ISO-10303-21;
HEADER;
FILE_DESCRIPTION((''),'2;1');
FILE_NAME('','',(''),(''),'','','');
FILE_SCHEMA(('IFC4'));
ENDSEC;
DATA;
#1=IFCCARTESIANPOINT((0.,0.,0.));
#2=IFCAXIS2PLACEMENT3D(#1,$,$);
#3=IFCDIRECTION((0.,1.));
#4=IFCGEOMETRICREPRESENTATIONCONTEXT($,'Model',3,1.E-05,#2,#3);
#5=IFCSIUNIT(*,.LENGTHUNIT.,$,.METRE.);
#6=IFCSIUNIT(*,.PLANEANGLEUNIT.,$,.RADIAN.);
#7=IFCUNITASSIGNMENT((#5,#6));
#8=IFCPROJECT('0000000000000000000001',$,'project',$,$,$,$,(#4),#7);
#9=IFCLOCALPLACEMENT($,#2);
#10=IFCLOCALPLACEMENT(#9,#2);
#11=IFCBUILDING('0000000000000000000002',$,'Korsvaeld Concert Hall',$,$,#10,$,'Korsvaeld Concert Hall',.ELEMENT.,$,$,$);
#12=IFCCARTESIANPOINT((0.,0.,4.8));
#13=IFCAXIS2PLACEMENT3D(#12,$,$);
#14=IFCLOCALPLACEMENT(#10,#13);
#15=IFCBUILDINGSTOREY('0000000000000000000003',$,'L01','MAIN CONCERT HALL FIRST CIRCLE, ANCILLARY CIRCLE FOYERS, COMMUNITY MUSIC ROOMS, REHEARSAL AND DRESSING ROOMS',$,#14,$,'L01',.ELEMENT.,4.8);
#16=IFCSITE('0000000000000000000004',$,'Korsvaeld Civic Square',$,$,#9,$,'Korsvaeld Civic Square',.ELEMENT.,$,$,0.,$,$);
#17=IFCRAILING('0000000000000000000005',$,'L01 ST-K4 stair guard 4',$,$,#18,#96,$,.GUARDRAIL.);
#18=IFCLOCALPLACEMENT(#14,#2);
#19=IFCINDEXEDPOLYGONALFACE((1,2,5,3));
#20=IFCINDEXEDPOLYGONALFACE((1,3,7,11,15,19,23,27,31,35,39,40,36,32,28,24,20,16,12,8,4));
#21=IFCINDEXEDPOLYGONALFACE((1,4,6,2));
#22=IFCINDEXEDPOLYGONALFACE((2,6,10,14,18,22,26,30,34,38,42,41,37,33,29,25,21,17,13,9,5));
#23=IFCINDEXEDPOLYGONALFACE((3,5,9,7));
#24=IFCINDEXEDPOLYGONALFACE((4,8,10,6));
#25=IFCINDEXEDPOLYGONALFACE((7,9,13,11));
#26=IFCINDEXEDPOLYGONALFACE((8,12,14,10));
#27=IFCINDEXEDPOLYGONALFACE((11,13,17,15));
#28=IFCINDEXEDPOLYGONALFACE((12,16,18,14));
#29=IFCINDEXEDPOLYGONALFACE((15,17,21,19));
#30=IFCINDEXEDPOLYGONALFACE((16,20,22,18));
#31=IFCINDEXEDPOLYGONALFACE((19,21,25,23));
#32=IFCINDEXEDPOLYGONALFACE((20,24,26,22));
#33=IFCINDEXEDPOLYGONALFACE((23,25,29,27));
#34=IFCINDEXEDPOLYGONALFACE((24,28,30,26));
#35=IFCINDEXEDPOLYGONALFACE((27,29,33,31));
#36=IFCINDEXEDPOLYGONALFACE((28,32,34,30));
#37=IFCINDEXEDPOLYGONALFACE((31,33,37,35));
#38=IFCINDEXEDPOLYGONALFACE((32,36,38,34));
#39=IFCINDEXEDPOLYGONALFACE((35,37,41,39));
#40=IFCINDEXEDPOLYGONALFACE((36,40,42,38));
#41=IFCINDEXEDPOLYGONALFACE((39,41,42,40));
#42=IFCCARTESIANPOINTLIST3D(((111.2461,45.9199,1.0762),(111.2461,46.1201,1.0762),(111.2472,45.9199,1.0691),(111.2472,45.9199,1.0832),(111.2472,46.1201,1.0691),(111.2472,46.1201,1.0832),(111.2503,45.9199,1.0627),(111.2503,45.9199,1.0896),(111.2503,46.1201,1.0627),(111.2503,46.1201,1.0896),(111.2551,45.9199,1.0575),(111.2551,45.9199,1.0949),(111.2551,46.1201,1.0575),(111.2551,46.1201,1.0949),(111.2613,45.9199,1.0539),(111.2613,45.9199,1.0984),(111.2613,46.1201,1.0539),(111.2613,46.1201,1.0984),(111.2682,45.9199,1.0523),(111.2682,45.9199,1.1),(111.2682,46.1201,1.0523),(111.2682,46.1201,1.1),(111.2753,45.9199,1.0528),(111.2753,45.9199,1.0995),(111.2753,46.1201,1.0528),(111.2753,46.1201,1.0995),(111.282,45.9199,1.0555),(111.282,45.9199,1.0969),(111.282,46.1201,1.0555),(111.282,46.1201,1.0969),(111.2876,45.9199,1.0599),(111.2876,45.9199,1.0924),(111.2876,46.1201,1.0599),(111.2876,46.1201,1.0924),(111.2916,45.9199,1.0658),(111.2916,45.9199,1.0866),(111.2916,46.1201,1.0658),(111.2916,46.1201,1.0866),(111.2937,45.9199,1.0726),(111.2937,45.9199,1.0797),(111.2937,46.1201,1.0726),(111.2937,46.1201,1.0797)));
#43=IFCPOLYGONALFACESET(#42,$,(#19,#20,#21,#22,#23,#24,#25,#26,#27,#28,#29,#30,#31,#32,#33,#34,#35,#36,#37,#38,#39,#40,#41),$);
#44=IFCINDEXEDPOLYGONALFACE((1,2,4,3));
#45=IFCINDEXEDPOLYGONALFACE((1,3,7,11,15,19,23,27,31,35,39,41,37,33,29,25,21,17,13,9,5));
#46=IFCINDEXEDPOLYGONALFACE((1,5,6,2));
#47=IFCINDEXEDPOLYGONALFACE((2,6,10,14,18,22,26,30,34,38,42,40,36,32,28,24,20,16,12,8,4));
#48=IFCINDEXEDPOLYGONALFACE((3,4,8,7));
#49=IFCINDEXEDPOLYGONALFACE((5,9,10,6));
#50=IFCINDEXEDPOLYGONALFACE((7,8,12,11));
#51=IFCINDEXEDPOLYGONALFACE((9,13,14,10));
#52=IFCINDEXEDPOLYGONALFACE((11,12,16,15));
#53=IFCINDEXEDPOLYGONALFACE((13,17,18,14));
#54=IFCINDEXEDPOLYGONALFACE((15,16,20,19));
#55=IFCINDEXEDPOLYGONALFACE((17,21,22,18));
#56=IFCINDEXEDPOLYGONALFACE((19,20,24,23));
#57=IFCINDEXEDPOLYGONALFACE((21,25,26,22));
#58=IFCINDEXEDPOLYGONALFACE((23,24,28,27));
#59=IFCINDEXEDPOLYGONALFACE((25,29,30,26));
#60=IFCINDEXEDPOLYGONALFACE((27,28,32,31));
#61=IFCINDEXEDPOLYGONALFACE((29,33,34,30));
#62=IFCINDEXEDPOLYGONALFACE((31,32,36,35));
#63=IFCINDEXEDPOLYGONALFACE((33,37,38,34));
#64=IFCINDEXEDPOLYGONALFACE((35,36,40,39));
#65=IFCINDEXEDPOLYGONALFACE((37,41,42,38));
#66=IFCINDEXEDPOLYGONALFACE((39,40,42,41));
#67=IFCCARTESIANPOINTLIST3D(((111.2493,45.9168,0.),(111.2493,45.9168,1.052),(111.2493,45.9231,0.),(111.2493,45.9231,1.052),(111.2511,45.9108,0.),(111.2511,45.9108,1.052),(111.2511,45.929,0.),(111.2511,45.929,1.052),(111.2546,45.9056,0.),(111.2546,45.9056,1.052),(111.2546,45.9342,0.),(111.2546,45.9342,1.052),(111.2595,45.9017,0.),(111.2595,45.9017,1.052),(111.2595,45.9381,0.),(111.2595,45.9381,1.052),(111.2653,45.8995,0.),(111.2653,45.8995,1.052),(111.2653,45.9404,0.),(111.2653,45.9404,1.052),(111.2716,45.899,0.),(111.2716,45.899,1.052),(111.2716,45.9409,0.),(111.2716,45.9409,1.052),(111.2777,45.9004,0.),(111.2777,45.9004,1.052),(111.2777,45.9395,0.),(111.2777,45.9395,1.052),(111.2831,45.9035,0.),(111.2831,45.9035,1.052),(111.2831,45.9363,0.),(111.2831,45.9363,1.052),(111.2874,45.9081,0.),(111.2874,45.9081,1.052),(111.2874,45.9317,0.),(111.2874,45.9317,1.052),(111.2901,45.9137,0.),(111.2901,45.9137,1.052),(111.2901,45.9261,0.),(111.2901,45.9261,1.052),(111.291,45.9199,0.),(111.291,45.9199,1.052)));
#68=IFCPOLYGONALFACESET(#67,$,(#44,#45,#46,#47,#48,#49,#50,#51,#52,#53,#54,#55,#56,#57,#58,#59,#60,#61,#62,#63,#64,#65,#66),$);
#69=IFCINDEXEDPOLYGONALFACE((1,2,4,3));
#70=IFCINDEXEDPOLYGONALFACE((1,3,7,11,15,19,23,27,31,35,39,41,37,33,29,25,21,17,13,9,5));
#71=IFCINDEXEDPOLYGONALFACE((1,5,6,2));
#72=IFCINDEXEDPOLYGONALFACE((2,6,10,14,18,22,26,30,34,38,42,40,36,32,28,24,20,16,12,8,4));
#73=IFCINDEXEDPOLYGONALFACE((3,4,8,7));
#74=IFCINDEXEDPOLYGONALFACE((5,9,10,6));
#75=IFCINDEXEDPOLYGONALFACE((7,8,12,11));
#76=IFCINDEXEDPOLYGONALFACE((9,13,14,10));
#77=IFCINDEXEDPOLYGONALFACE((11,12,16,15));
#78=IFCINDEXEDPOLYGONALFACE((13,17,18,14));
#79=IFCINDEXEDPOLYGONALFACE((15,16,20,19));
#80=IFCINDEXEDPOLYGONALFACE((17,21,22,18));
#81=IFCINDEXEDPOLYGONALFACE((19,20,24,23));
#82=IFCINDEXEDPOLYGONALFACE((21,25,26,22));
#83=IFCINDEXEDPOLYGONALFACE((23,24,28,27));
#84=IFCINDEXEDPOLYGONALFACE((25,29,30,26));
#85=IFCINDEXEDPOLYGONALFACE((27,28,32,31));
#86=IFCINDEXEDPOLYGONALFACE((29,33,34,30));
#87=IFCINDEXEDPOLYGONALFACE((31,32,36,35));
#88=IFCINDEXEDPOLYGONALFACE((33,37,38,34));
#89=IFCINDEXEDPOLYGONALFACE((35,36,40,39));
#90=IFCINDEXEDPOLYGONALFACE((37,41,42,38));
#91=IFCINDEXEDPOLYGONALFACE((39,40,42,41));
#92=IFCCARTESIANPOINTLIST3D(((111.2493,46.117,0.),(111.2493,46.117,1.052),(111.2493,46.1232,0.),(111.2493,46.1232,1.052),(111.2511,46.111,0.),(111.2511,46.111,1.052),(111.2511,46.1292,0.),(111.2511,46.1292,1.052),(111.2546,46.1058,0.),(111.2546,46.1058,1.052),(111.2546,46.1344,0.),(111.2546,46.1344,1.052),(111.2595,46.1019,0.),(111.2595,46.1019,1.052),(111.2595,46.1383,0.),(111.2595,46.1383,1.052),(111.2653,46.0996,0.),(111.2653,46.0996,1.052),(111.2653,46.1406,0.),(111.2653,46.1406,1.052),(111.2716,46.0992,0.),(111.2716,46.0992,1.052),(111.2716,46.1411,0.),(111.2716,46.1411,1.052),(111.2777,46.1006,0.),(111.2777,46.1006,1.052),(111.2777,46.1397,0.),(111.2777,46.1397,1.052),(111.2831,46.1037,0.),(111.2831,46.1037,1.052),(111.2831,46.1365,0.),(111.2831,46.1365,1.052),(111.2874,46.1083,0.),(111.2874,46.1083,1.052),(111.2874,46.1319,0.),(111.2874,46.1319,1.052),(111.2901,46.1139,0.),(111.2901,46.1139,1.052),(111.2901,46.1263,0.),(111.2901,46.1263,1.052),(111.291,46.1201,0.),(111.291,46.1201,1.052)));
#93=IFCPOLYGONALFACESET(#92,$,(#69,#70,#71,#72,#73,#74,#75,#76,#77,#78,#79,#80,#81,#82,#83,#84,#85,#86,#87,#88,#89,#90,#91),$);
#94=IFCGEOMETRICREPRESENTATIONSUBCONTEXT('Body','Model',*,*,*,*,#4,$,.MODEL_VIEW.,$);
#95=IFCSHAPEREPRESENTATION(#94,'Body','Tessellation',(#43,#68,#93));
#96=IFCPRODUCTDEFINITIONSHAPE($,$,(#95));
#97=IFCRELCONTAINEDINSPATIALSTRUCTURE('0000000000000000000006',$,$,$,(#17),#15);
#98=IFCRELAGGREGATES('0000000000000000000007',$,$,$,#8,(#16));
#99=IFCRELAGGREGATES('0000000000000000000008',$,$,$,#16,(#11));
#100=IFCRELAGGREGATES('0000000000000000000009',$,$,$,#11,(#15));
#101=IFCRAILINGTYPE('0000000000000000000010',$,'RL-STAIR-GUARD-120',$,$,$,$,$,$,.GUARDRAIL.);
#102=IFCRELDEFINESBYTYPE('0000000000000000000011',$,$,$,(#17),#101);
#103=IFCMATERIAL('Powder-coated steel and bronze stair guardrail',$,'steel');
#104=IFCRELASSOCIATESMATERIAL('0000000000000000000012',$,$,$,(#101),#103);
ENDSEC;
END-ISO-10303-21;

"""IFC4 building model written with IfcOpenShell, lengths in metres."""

from ifc_helpers import new_model, si_unit, direction, frame, origin, origin_2d, place, context, subcontext, project, spatial, circle, extrude, material, type_object, element, save


model = new_model("IFC4")

# Units and contexts
model_context = context("Model", 3, precision=1e-05, world=origin(), true_north=direction((0.0, 1.0)))
body_context = subcontext(model_context, "Body", "Model", "MODEL_VIEW")
ifc_project = project(units=[si_unit("LENGTHUNIT", "METRE"), si_unit("PLANEANGLEUNIT", "RADIAN")], contexts=[model_context])

# Site, building, storey
site_placement = place(None, origin())
site = spatial("IfcSite", under=ifc_project, at=site_placement, Name="Korsvaeld Civic Square", LongName="Korsvaeld Civic Square", CompositionType="ELEMENT", RefElevation=0.0)
building_placement = place(site_placement, origin())
building = spatial("IfcBuilding", under=site, at=building_placement, Name="Korsvaeld Concert Hall", LongName="Korsvaeld Concert Hall", CompositionType="ELEMENT")
storey_placement = place(building_placement, frame((0.0, 0.0, 4.8)))
storey = spatial("IfcBuildingStorey", under=building, at=storey_placement, Name="L01", Description="MAIN CONCERT HALL FIRST CIRCLE, ANCILLARY CIRCLE FOYERS, COMMUNITY MUSIC ROOMS, REHEARSAL AND DRESSING ROOMS", LongName="L01", CompositionType="ELEMENT", Elevation=4.8)

# Railing
ifc_material_1 = material(Name="Powder-coated steel and bronze stair guardrail", Category="steel")
railing_type_1 = type_object("IfcRailingType", Name="RL-STAIR-GUARD-120", PredefinedType="GUARDRAIL", material=ifc_material_1)
railing_1_placement = place(storey_placement, frame((111.27, 45.9199, 0.0)))
element("IfcRailing", 1, at=railing_1_placement, inside=storey, type_object=railing_type_1, Name="L01 ST-K4 stair guard 4", PredefinedType="GUARDRAIL", context=body_context, shape_type="SweptSolid", body=[
    extrude(circle(Radius=0.0239, at=origin_2d()), frame((0.0, 0.0, 1.0762), z_axis=(0.0, 1.0, 0.0), x_axis=(-1.0, 0.0, 0.0)), (0.0, 0.0, 1.0), 0.2002),
    extrude(circle(Radius=0.021, at=origin_2d()), origin(), (0.0, 0.0, 1.0), 1.052),
    extrude(circle(Radius=0.021, at=origin_2d()), frame((0.0, 0.2002, 0.0)), (0.0, 0.0, 1.0), 1.052),
])

save(model, "model.ifc")
